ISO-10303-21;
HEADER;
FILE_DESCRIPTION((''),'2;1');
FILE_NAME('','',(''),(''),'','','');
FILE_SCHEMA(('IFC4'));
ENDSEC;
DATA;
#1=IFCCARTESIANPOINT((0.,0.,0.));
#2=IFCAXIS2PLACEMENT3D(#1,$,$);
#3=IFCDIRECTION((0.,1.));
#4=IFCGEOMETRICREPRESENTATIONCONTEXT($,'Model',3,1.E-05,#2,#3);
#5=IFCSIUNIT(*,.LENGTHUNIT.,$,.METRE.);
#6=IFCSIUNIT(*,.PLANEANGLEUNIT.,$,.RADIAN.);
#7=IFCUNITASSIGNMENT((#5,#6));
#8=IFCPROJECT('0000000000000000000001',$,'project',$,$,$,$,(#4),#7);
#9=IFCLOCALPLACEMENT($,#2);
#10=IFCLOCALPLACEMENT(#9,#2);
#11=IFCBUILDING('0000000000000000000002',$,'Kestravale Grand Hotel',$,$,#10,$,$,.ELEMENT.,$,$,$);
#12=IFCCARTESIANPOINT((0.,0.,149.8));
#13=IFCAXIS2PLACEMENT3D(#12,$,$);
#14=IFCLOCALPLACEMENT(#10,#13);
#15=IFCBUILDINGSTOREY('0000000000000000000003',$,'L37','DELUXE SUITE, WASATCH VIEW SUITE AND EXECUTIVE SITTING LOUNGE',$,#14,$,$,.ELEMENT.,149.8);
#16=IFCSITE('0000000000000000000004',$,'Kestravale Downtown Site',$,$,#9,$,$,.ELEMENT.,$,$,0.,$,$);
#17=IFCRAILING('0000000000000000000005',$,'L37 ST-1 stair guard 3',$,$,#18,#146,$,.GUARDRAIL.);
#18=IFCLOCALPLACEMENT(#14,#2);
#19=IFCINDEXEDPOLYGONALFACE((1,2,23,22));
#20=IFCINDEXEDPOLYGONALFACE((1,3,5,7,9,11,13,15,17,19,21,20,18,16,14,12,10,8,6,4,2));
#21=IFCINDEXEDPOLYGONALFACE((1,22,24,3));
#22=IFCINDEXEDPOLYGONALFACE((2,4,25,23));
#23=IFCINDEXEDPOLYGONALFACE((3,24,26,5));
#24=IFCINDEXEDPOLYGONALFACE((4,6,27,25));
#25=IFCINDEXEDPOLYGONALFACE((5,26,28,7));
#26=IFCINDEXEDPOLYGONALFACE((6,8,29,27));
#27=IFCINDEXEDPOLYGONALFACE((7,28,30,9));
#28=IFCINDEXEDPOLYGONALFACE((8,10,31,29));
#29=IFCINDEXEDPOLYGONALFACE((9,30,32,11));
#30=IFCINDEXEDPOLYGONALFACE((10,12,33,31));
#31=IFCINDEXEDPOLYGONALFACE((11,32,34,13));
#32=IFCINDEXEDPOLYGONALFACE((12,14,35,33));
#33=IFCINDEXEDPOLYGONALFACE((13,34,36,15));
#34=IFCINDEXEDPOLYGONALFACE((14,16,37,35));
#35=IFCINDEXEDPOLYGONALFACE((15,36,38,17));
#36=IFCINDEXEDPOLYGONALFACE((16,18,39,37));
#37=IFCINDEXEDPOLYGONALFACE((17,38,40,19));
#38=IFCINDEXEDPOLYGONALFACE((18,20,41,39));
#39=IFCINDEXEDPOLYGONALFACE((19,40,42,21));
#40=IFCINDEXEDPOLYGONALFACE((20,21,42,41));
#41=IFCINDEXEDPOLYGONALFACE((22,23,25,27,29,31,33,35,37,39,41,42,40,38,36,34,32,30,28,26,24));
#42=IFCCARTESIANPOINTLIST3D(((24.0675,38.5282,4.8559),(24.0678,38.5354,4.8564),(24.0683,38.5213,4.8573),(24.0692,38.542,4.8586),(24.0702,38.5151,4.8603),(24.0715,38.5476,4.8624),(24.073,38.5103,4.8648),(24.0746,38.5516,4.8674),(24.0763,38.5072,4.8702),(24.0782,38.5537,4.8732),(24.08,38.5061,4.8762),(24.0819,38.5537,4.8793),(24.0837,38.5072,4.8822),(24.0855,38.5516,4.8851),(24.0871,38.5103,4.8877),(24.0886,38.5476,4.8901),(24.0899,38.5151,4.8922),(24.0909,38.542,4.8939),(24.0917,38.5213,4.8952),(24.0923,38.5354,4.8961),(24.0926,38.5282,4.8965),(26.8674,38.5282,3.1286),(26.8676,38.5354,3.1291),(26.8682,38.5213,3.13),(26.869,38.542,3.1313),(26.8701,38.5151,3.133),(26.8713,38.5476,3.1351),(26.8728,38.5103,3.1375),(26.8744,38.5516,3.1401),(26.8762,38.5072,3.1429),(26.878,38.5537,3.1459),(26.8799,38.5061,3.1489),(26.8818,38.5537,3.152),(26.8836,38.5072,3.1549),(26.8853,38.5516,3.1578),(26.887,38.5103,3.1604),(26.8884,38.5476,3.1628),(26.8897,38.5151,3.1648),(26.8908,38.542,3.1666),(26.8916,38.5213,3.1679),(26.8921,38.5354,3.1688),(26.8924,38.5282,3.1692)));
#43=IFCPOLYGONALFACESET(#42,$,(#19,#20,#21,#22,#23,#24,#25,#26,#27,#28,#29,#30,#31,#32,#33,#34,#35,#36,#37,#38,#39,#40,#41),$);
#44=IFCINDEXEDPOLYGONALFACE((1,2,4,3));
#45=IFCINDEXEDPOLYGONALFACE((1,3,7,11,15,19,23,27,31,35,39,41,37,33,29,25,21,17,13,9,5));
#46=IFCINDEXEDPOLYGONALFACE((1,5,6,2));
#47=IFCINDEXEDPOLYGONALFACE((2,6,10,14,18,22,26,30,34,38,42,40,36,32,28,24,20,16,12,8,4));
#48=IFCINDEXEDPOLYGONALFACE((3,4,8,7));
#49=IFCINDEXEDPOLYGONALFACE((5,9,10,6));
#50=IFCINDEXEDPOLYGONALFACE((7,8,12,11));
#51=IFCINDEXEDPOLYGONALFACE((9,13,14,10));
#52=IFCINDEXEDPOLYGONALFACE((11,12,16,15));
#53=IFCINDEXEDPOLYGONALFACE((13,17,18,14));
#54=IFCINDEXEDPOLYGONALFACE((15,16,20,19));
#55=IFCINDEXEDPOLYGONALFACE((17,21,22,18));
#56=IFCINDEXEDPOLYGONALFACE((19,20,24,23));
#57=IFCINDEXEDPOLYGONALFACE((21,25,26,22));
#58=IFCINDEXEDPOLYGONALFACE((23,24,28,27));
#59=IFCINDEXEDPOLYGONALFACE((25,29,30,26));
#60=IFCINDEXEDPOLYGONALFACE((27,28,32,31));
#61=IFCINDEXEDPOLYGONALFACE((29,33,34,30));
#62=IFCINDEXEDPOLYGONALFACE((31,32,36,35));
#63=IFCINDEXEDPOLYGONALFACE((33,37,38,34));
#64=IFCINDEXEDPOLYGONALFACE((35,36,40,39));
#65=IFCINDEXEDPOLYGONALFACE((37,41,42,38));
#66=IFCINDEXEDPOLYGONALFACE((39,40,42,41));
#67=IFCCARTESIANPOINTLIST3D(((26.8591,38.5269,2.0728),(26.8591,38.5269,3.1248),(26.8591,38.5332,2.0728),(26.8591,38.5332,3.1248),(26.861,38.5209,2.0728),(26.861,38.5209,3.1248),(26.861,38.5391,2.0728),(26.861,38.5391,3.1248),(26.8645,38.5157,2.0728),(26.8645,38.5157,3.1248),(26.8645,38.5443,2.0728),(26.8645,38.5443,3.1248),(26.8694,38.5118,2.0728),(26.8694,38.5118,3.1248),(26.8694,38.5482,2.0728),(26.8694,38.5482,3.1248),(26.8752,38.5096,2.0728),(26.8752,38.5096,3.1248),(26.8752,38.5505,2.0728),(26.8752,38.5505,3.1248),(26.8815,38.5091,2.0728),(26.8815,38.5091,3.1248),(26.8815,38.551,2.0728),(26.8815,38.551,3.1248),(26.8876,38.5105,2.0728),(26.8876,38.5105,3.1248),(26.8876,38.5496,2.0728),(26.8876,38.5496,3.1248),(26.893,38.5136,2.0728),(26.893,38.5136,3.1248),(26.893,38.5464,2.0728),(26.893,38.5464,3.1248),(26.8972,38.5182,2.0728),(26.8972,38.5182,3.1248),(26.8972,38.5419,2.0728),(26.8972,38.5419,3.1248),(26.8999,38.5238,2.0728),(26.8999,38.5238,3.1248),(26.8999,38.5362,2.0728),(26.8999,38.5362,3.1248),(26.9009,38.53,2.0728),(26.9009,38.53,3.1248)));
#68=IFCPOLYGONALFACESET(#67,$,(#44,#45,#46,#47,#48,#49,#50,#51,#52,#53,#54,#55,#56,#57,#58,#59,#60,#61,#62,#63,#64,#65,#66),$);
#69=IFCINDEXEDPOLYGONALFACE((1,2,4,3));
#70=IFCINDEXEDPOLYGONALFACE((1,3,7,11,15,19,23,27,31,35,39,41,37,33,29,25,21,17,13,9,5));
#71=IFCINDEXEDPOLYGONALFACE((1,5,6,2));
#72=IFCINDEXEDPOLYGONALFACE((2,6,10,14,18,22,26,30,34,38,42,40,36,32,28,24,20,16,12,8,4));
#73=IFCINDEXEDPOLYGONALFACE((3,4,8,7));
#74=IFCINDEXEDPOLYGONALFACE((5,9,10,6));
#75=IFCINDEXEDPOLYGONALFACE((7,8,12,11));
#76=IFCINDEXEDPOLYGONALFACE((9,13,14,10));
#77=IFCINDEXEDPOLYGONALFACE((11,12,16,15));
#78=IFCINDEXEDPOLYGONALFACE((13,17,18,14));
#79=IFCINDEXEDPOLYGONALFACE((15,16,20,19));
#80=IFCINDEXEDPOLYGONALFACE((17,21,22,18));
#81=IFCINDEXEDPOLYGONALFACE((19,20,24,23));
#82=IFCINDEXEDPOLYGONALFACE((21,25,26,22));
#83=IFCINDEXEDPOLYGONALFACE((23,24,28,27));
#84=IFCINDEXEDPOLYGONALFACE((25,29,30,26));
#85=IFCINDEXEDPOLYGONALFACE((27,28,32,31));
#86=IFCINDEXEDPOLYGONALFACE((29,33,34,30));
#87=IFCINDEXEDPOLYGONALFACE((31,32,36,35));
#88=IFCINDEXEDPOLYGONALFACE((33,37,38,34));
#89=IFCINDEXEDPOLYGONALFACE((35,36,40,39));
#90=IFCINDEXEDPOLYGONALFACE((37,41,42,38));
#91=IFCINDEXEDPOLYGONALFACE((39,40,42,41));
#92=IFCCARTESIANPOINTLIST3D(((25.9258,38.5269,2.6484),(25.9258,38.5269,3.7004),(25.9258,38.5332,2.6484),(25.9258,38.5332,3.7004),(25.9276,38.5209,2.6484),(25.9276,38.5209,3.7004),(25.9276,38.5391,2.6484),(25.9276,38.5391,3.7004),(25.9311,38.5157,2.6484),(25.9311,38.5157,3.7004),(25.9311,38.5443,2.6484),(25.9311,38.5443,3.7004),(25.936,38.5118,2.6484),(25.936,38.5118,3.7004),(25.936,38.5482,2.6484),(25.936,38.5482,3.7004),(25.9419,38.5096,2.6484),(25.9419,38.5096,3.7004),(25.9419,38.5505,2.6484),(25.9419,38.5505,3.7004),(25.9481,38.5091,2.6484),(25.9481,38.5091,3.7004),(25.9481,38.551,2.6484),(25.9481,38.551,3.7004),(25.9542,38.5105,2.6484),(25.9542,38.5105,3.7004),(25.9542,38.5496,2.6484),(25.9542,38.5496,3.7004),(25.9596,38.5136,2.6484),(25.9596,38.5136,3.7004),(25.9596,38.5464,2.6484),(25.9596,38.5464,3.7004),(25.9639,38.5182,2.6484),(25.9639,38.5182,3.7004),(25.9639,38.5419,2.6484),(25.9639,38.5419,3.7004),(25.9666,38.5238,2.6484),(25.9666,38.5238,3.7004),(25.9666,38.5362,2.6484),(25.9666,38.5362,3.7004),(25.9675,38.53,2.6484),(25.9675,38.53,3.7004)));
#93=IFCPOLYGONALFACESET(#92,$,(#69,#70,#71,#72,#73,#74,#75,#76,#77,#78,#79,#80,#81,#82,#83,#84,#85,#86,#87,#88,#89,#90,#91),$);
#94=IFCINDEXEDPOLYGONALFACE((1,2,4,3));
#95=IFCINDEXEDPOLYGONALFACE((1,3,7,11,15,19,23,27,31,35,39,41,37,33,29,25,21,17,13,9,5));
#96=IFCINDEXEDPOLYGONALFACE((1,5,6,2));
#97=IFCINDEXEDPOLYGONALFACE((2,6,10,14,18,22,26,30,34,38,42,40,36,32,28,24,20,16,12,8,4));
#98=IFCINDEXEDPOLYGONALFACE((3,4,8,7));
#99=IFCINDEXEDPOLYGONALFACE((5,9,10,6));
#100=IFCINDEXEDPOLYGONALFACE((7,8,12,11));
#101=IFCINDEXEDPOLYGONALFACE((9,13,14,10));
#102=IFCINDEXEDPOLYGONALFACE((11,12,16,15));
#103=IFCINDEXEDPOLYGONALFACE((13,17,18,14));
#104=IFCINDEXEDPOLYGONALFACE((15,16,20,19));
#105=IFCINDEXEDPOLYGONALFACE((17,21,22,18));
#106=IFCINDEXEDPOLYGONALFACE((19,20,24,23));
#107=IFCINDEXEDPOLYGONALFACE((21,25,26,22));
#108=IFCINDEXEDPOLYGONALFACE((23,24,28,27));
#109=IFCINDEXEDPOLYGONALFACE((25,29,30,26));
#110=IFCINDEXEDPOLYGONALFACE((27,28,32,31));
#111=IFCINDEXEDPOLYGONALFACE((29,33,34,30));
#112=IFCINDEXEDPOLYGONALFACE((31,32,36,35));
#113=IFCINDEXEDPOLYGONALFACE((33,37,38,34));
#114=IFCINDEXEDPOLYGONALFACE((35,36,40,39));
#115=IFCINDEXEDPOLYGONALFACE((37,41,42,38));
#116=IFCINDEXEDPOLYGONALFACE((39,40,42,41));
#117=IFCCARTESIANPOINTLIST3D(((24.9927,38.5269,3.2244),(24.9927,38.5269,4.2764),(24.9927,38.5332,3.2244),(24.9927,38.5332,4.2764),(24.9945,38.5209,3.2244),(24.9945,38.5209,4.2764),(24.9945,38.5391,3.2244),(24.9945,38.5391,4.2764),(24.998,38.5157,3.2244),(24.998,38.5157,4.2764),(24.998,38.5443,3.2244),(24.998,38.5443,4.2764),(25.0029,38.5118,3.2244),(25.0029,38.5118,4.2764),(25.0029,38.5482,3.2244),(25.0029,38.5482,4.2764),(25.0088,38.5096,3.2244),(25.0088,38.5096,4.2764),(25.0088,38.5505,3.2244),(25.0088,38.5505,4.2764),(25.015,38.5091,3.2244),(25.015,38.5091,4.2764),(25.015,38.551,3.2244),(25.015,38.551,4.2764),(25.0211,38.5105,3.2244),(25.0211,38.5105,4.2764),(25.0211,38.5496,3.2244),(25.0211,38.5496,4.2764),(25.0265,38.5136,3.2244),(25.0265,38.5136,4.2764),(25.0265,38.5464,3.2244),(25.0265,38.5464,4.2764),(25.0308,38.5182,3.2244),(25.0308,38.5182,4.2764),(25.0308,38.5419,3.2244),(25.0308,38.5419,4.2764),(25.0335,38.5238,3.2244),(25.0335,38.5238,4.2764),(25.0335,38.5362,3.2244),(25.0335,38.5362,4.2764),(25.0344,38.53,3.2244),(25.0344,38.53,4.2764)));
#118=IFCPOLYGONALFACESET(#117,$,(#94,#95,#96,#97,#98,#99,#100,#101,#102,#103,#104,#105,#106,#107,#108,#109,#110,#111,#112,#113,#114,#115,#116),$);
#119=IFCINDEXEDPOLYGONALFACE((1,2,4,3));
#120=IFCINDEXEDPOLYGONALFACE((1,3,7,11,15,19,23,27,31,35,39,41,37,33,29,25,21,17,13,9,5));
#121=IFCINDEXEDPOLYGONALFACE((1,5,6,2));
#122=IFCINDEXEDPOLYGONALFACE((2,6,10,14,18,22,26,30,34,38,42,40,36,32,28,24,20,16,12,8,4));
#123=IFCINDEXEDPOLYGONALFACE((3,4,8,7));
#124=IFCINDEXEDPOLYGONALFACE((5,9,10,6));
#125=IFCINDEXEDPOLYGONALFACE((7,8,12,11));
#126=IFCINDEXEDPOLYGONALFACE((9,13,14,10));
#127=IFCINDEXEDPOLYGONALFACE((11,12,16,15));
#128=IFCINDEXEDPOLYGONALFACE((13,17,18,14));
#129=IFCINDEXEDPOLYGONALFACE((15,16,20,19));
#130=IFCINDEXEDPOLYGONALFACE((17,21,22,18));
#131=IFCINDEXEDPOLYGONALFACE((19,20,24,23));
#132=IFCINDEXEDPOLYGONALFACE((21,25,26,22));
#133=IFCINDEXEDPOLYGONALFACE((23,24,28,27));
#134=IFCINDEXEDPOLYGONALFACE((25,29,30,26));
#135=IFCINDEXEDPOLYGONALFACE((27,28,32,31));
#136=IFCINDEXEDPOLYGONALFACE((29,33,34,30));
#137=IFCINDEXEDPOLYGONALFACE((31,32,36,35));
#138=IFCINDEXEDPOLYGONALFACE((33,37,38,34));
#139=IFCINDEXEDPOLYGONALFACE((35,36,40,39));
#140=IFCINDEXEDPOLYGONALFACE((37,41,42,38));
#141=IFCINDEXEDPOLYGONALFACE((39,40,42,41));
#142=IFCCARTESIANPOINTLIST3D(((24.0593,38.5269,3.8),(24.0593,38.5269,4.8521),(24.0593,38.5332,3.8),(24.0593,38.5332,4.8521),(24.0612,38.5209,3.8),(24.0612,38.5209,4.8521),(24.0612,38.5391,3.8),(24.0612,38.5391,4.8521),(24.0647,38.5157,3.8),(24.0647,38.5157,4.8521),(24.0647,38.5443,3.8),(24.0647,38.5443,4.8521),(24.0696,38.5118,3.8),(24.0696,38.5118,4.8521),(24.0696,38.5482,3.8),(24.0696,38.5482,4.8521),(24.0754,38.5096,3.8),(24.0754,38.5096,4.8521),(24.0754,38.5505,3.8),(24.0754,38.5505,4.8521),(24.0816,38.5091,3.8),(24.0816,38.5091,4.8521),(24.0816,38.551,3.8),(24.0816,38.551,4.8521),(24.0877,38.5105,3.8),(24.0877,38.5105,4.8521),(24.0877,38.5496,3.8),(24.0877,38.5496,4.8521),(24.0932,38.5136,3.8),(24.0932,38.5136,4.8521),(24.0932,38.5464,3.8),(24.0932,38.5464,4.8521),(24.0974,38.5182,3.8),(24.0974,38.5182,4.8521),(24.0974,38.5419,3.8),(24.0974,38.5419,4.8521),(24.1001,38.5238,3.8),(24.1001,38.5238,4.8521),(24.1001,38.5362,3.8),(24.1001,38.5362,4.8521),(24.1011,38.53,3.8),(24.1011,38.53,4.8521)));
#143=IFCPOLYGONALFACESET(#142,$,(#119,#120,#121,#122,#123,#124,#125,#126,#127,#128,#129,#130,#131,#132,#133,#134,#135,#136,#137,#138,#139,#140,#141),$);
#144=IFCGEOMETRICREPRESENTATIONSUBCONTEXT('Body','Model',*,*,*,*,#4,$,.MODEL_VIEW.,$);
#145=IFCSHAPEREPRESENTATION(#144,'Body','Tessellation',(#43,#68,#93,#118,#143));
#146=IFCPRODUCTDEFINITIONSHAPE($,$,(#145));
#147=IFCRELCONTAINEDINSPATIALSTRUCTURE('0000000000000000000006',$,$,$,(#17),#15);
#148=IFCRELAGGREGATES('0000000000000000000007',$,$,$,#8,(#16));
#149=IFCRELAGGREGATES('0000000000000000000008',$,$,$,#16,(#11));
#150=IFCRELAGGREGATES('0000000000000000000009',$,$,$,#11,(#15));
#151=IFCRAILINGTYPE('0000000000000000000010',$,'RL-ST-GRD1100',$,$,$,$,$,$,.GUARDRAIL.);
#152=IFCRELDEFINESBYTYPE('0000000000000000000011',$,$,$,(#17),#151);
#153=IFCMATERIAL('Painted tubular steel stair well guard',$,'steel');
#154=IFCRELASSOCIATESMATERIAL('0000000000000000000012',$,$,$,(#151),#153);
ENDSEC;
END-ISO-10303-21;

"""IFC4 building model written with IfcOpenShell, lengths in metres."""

from ifc_helpers import new_model, si_unit, direction, frame, origin, origin_2d, place, context, subcontext, project, spatial, circle, extrude, material, type_object, element, save


model = new_model("IFC4")

# Units and contexts
model_context = context("Model", 3, precision=1e-05, world=origin(), true_north=direction((0.0, 1.0)))
body_context = subcontext(model_context, "Body", "Model", "MODEL_VIEW")
ifc_project = project(units=[si_unit("LENGTHUNIT", "METRE"), si_unit("PLANEANGLEUNIT", "RADIAN")], contexts=[model_context])

# Site, building, storey
site_placement = place(None, origin())
site = spatial("IfcSite", under=ifc_project, at=site_placement, Name="Kestravale Downtown Site", CompositionType="ELEMENT", RefElevation=0.0)
building_placement = place(site_placement, origin())
building = spatial("IfcBuilding", under=site, at=building_placement, Name="Kestravale Grand Hotel", CompositionType="ELEMENT")
storey_placement = place(building_placement, frame((0.0, 0.0, 149.8)))
storey = spatial("IfcBuildingStorey", under=building, at=storey_placement, Name="L37", Description="DELUXE SUITE, WASATCH VIEW SUITE AND EXECUTIVE SITTING LOUNGE", CompositionType="ELEMENT", Elevation=149.8)

# Railing
ifc_material_1 = material(Name="Painted tubular steel stair well guard", Category="steel")
railing_type_1 = type_object("IfcRailingType", Name="RL-ST-GRD1100", PredefinedType="GUARDRAIL", material=ifc_material_1)
railing_1_placement = place(storey_placement, frame((26.8799, 38.53, 2.0728)))
element("IfcRailing", 1, at=railing_1_placement, inside=storey, type_object=railing_type_1, Name="L37 ST-1 stair guard 3", PredefinedType="GUARDRAIL", context=body_context, shape_type="SweptSolid", body=[
    extrude(circle(Radius=0.0239, at=origin_2d()), frame((0.0, 0.0, 1.0762), z_axis=(-0.851069, 0.0, 0.525054), x_axis=(0.0, -1.0, 0.0)), (0.0, 0.0, 1.0), 3.2898),
    extrude(circle(Radius=0.021, at=origin_2d()), origin(), (0.0, 0.0, 1.0), 1.052),
    extrude(circle(Radius=0.021, at=origin_2d()), frame((-0.9333, 0.0, 0.5757)), (0.0, 0.0, 1.0), 1.052),
    extrude(circle(Radius=0.021, at=origin_2d()), frame((-1.8665, 0.0, 1.1516)), (0.0, 0.0, 1.0), 1.052),
    extrude(circle(Radius=0.021, at=origin_2d()), frame((-2.7998, 0.0, 1.7273)), (0.0, 0.0, 1.0), 1.052),
])

save(model, "model.ifc")
